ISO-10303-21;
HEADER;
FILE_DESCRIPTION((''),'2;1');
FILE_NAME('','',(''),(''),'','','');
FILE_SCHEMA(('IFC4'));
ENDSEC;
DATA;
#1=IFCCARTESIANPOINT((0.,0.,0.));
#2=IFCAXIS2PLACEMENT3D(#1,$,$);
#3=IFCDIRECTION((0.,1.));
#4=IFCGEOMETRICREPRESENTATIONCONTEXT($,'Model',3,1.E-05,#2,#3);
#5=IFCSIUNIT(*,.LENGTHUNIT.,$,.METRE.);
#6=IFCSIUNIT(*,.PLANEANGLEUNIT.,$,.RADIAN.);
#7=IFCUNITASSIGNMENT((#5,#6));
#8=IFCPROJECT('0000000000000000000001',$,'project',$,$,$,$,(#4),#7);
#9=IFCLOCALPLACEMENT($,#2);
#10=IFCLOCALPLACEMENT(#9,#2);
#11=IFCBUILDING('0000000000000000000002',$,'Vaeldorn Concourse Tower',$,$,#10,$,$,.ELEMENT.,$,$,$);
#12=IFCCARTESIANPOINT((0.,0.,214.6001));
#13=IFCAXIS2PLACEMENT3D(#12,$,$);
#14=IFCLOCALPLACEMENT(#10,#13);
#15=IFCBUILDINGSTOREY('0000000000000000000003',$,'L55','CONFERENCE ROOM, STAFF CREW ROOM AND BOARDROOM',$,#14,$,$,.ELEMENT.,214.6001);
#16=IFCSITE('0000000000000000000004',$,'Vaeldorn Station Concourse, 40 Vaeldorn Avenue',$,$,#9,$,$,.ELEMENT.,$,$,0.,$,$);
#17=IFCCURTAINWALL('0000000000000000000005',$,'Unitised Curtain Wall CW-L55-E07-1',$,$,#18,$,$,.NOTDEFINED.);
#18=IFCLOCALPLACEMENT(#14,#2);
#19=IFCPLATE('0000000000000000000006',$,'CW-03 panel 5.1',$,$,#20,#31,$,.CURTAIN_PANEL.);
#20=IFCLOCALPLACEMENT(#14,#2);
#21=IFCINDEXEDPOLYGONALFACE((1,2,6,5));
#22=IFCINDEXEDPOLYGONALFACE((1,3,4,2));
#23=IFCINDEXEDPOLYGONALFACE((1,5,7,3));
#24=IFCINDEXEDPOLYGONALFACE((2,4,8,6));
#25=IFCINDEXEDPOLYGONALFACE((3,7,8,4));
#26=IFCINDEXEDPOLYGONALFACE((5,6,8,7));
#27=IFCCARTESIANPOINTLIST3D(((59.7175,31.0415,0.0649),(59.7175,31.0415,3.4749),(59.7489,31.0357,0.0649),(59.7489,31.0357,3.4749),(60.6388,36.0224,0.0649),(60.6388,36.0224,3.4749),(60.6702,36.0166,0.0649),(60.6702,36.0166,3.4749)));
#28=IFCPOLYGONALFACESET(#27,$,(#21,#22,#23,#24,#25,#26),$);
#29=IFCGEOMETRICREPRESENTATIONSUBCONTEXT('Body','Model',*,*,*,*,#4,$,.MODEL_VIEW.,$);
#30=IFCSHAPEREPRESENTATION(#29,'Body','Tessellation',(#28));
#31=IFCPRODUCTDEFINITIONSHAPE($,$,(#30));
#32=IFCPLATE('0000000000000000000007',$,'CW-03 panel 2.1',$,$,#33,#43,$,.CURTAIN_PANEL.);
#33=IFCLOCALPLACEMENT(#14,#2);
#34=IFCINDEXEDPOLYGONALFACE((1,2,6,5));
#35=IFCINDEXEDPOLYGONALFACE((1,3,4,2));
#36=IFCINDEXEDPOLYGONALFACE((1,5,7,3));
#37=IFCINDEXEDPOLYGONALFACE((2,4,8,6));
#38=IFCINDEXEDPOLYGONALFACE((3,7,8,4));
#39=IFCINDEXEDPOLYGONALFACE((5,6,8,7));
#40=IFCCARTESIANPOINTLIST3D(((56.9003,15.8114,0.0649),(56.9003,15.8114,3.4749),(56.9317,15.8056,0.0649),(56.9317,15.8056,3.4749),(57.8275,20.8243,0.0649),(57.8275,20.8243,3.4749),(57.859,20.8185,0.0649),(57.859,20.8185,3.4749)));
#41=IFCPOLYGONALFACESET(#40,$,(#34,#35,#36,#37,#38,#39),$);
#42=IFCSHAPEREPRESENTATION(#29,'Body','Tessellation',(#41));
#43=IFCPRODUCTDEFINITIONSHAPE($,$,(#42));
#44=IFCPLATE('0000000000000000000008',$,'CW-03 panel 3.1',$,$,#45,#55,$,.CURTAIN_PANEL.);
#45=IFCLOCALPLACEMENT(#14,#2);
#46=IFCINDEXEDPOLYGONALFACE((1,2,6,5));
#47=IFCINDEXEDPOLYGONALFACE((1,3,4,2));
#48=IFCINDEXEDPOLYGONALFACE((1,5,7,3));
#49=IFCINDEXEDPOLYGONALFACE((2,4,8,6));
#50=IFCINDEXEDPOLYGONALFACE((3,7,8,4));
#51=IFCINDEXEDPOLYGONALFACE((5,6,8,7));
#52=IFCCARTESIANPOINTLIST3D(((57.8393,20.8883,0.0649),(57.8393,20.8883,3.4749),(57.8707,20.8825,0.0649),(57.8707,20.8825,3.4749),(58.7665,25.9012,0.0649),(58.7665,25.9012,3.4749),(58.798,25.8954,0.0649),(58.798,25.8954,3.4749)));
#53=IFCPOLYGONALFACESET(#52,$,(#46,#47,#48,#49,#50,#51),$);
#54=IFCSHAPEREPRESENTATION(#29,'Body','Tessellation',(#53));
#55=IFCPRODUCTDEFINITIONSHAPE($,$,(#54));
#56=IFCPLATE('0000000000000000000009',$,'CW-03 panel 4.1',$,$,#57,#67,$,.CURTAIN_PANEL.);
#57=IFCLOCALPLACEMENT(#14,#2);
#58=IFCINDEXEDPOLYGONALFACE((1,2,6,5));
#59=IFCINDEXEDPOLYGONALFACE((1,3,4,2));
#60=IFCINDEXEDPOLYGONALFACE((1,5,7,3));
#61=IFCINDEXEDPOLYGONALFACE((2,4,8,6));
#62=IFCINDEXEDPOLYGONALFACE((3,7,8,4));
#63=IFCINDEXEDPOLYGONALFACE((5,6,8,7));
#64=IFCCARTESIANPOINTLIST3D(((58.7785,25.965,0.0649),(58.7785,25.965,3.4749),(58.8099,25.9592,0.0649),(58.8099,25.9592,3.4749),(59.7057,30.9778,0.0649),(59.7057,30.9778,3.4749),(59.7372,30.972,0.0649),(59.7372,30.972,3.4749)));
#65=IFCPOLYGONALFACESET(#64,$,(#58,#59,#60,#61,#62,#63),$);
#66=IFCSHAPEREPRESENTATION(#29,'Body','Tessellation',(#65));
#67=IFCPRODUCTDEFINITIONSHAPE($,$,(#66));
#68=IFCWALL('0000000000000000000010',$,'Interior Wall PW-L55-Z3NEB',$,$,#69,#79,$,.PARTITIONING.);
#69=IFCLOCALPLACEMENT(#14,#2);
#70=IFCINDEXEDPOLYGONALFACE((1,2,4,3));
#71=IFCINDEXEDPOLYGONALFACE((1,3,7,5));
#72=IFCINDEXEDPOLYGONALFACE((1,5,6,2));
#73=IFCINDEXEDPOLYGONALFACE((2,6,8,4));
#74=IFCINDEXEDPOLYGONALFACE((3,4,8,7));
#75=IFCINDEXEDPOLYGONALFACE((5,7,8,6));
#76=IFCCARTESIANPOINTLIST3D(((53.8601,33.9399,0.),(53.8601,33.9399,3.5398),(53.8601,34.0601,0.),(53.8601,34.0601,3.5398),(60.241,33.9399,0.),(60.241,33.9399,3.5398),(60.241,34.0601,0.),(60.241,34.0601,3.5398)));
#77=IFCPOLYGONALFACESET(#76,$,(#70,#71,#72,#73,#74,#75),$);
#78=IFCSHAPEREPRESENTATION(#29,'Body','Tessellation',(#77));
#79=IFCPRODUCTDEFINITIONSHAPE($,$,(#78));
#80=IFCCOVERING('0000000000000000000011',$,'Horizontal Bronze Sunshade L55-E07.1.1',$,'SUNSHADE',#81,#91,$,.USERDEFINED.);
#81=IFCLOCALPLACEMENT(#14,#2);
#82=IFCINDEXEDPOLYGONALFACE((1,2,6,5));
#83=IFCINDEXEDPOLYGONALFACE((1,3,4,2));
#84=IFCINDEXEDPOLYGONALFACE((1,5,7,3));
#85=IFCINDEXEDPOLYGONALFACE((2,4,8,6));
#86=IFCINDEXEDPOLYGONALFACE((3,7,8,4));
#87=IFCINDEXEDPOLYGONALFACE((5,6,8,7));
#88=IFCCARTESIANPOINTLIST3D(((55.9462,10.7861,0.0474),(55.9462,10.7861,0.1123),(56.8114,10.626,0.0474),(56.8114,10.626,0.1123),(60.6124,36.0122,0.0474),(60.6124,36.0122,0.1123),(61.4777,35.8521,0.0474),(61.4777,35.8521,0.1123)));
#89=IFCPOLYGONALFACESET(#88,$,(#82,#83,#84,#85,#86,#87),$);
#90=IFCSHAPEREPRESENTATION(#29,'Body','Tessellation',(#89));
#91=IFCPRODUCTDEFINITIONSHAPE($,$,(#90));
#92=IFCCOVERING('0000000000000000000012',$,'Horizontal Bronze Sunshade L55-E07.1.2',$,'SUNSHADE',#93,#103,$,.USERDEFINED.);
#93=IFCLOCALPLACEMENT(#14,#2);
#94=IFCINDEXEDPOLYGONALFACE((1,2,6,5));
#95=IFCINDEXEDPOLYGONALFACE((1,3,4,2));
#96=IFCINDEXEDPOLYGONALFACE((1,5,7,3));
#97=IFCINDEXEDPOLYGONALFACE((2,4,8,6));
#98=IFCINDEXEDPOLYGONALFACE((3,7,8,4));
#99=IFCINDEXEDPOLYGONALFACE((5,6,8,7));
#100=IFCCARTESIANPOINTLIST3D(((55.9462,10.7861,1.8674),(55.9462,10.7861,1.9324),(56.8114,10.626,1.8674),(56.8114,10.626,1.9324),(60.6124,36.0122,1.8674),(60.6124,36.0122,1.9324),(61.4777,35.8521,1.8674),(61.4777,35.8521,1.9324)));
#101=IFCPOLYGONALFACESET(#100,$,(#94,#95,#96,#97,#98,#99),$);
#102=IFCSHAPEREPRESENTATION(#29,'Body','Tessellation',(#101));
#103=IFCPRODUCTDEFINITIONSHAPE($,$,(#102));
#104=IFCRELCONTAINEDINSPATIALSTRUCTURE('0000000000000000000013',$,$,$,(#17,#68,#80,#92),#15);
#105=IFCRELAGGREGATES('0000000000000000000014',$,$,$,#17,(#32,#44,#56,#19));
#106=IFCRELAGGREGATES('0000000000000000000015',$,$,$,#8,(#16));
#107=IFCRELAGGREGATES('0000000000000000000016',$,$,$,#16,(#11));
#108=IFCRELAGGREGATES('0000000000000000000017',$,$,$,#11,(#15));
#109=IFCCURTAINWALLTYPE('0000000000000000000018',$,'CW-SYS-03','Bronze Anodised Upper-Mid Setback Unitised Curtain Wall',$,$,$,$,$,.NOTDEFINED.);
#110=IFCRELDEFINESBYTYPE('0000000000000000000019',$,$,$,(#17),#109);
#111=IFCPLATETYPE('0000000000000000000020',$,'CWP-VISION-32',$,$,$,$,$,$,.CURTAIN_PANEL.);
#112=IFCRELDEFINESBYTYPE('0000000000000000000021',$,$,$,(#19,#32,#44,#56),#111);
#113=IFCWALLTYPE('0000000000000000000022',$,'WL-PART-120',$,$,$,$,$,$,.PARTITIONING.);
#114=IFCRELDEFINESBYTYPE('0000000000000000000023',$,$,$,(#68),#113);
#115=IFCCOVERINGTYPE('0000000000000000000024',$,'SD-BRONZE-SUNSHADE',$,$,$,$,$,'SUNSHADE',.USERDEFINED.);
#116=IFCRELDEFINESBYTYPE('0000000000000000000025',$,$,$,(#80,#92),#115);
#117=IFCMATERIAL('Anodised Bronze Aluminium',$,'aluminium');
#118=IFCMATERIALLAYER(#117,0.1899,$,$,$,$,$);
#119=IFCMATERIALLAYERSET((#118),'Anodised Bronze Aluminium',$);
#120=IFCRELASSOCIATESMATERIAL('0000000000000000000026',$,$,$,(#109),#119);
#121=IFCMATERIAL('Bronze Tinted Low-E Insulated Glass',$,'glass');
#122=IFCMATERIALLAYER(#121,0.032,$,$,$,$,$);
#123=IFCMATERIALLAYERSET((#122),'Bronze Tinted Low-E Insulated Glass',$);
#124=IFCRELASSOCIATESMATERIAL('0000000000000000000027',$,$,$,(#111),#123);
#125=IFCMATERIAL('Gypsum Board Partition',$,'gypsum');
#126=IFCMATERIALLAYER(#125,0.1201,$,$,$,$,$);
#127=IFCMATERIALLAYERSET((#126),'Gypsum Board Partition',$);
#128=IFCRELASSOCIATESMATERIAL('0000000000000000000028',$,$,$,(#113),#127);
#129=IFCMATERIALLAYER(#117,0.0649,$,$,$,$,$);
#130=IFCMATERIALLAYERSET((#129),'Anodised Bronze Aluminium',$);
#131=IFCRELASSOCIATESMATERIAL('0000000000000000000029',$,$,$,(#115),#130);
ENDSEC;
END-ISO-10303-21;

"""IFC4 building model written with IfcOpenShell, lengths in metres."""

from ifc_helpers import new_model, si_unit, direction, frame, frame_2d, origin, origin_2d, place, context, subcontext, project, spatial, rectangle, extrude, source, transform, mapped, material, layer, layer_set, type_object, element, aggregate, save


model = new_model("IFC4")

# Units and contexts
model_context = context("Model", 3, precision=1e-05, world=origin(), true_north=direction((0.0, 1.0)))
body_context = subcontext(model_context, "Body", "Model", "MODEL_VIEW")
ifc_project = project(units=[si_unit("LENGTHUNIT", "METRE"), si_unit("PLANEANGLEUNIT", "RADIAN")], contexts=[model_context])

# Site, building, storey
site_placement = place(None, origin())
site = spatial("IfcSite", under=ifc_project, at=site_placement, Name="Vaeldorn Station Concourse, 40 Vaeldorn Avenue", CompositionType="ELEMENT", RefElevation=0.0)
building_placement = place(site_placement, origin())
building = spatial("IfcBuilding", under=site, at=building_placement, Name="Vaeldorn Concourse Tower", CompositionType="ELEMENT")
storey_placement = place(building_placement, frame((0.0, 0.0, 214.6001)))
storey = spatial("IfcBuildingStorey", under=building, at=storey_placement, Name="L55", Description="CONFERENCE ROOM, STAFF CREW ROOM AND BOARDROOM", CompositionType="ELEMENT", Elevation=214.6001)

# Curtain wall, plates
ifc_material_1 = material(Name="Anodised Bronze Aluminium", Category="aluminium")
ifc_layer_1 = layer(ifc_material_1, 0.1899)
ifc_layer_set_1 = layer_set([ifc_layer_1], Name="Anodised Bronze Aluminium")
curtain_wall_type = type_object("IfcCurtainWallType", Name="CW-SYS-03", Description="Bronze Anodised Upper-Mid Setback Unitised Curtain Wall", PredefinedType="NOTDEFINED", material=ifc_layer_set_1)
curtain_wall_placement = place(storey_placement, origin())
curtain_wall = element("IfcCurtainWall", 1, at=curtain_wall_placement, inside=storey, type_object=curtain_wall_type, Name="Unitised Curtain Wall CW-L55-E07-1", PredefinedType="NOTDEFINED")
ifc_material_2 = material(Name="Bronze Tinted Low-E Insulated Glass", Category="glass")
ifc_layer_2 = layer(ifc_material_2, 0.032)
ifc_layer_set_2 = layer_set([ifc_layer_2], Name="Bronze Tinted Low-E Insulated Glass")
plate_type = type_object("IfcPlateType", Name="CWP-VISION-32", PredefinedType="CURTAIN_PANEL", material=ifc_layer_set_2)
shared_shape_1 = source(origin(), body_context, "Body", "SweptSolid", [
    extrude(rectangle(XDim=5.0654, YDim=0.032, at=origin_2d()), origin(), (0.0, 0.0, 1.0), 3.4099),
])
plate_1_placement = place(storey_placement, frame((60.1938, 33.5291, 0.0649), z_axis=(0.0, 0.0, 1.0), x_axis=(0.181889, 0.983319, 0.0)))
plate_1 = element("IfcPlate", 2, at=plate_1_placement, type_object=plate_type, Name="CW-03 panel 5.1", PredefinedType="CURTAIN_PANEL", context=body_context, shape_type="MappedRepresentation", body=[
    mapped(shared_shape_1, transform((0.0, 0.0, 0.0), scale=1.0)),
])
shared_shape_2 = source(origin(), body_context, "Body", "SweptSolid", [
    extrude(rectangle(XDim=5.0979, YDim=0.032, at=origin_2d()), origin(), (0.0, 0.0, 1.0), 3.4099),
])
plate_2_placement = place(storey_placement, frame((57.3796, 18.3149, 0.0649), z_axis=(0.0, 0.0, 1.0), x_axis=(0.181889, 0.983319, 0.0)))
plate_2 = element("IfcPlate", 3, at=plate_2_placement, type_object=plate_type, Name="CW-03 panel 2.1", PredefinedType="CURTAIN_PANEL", context=body_context, shape_type="MappedRepresentation", body=[
    mapped(shared_shape_2, transform((0.0, 0.0, 0.0), scale=1.0)),
])
plate_3_placement = place(storey_placement, frame((58.3186, 23.3918, 0.0649), z_axis=(0.0, 0.0, 1.0), x_axis=(0.181889, 0.983319, 0.0)))
plate_3 = element("IfcPlate", 4, at=plate_3_placement, type_object=plate_type, Name="CW-03 panel 3.1", PredefinedType="CURTAIN_PANEL", context=body_context, shape_type="MappedRepresentation", body=[
    mapped(shared_shape_2, transform((0.0, 0.0, 0.0), scale=1.0)),
])
plate_4_placement = place(storey_placement, frame((59.2578, 28.4685, 0.0649), z_axis=(0.0, 0.0, 1.0), x_axis=(0.181889, 0.983319, 0.0)))
plate_4 = element("IfcPlate", 5, at=plate_4_placement, type_object=plate_type, Name="CW-03 panel 4.1", PredefinedType="CURTAIN_PANEL", context=body_context, shape_type="MappedRepresentation", body=[
    mapped(shared_shape_2, transform((0.0, 0.0, 0.0), scale=1.0)),
])
aggregate(curtain_wall, [plate_2, plate_3, plate_4, plate_1])

# Shared definitions
ifc_material_3 = material(Name="Gypsum Board Partition", Category="gypsum")
ifc_layer_3 = layer(ifc_material_3, 0.1201)
ifc_layer_set_3 = layer_set([ifc_layer_3], Name="Gypsum Board Partition")
wall_type = type_object("IfcWallType", Name="WL-PART-120", PredefinedType="PARTITIONING", material=ifc_layer_set_3)

# Wall
wall_1_placement = place(storey_placement, frame((53.8601, 34.0, 0.0), z_axis=(0.0, 0.0, 1.0), x_axis=(1.0, 0.0, 0.0)))
element("IfcWall", 6, at=wall_1_placement, inside=storey, type_object=wall_type, Name="Interior Wall PW-L55-Z3NEB", PredefinedType="PARTITIONING", context=body_context, shape_type="SweptSolid", body=[
    extrude(rectangle(XDim=6.3809, YDim=0.1201, at=frame_2d((3.1904, 0.0))), origin(), (0.0, 0.0, 1.0), 3.5398),
])

# Coverings
ifc_layer_4 = layer(ifc_material_1, 0.0649)
ifc_layer_set_4 = layer_set([ifc_layer_4], Name="Anodised Bronze Aluminium")
covering_type = type_object("IfcCoveringType", Name="SD-BRONZE-SUNSHADE", ElementType="SUNSHADE", PredefinedType="USERDEFINED", material=ifc_layer_set_4)
shared_shape_3 = source(origin(), body_context, "Body", "SweptSolid", [
    extrude(rectangle(XDim=25.6541, YDim=0.8799, at=origin_2d()), origin(), (0.0, 0.0, 1.0), 0.0649),
])
for number, where, z_axis, x_axis, name in (
    (7, (58.7119, 23.3191, 0.0474), (0.0, 0.0, 1.0), (0.181892, 0.983318, 0.0), "Horizontal Bronze Sunshade L55-E07.1.1"),
    (8, (58.7119, 23.3191, 1.8674), (0.0, 0.0, 1.0), (0.181892, 0.983318, 0.0), "Horizontal Bronze Sunshade L55-E07.1.2"),
):
    element("IfcCovering", number, at=place(storey_placement, frame(where, z_axis=z_axis, x_axis=x_axis)), inside=storey, type_object=covering_type, Name=name, ObjectType="SUNSHADE", PredefinedType="USERDEFINED", context=body_context, shape_type="MappedRepresentation", body=[
        mapped(shared_shape_3, transform((0.0, 0.0, 0.0), scale=1.0)),
    ])

save(model, "model.ifc")
